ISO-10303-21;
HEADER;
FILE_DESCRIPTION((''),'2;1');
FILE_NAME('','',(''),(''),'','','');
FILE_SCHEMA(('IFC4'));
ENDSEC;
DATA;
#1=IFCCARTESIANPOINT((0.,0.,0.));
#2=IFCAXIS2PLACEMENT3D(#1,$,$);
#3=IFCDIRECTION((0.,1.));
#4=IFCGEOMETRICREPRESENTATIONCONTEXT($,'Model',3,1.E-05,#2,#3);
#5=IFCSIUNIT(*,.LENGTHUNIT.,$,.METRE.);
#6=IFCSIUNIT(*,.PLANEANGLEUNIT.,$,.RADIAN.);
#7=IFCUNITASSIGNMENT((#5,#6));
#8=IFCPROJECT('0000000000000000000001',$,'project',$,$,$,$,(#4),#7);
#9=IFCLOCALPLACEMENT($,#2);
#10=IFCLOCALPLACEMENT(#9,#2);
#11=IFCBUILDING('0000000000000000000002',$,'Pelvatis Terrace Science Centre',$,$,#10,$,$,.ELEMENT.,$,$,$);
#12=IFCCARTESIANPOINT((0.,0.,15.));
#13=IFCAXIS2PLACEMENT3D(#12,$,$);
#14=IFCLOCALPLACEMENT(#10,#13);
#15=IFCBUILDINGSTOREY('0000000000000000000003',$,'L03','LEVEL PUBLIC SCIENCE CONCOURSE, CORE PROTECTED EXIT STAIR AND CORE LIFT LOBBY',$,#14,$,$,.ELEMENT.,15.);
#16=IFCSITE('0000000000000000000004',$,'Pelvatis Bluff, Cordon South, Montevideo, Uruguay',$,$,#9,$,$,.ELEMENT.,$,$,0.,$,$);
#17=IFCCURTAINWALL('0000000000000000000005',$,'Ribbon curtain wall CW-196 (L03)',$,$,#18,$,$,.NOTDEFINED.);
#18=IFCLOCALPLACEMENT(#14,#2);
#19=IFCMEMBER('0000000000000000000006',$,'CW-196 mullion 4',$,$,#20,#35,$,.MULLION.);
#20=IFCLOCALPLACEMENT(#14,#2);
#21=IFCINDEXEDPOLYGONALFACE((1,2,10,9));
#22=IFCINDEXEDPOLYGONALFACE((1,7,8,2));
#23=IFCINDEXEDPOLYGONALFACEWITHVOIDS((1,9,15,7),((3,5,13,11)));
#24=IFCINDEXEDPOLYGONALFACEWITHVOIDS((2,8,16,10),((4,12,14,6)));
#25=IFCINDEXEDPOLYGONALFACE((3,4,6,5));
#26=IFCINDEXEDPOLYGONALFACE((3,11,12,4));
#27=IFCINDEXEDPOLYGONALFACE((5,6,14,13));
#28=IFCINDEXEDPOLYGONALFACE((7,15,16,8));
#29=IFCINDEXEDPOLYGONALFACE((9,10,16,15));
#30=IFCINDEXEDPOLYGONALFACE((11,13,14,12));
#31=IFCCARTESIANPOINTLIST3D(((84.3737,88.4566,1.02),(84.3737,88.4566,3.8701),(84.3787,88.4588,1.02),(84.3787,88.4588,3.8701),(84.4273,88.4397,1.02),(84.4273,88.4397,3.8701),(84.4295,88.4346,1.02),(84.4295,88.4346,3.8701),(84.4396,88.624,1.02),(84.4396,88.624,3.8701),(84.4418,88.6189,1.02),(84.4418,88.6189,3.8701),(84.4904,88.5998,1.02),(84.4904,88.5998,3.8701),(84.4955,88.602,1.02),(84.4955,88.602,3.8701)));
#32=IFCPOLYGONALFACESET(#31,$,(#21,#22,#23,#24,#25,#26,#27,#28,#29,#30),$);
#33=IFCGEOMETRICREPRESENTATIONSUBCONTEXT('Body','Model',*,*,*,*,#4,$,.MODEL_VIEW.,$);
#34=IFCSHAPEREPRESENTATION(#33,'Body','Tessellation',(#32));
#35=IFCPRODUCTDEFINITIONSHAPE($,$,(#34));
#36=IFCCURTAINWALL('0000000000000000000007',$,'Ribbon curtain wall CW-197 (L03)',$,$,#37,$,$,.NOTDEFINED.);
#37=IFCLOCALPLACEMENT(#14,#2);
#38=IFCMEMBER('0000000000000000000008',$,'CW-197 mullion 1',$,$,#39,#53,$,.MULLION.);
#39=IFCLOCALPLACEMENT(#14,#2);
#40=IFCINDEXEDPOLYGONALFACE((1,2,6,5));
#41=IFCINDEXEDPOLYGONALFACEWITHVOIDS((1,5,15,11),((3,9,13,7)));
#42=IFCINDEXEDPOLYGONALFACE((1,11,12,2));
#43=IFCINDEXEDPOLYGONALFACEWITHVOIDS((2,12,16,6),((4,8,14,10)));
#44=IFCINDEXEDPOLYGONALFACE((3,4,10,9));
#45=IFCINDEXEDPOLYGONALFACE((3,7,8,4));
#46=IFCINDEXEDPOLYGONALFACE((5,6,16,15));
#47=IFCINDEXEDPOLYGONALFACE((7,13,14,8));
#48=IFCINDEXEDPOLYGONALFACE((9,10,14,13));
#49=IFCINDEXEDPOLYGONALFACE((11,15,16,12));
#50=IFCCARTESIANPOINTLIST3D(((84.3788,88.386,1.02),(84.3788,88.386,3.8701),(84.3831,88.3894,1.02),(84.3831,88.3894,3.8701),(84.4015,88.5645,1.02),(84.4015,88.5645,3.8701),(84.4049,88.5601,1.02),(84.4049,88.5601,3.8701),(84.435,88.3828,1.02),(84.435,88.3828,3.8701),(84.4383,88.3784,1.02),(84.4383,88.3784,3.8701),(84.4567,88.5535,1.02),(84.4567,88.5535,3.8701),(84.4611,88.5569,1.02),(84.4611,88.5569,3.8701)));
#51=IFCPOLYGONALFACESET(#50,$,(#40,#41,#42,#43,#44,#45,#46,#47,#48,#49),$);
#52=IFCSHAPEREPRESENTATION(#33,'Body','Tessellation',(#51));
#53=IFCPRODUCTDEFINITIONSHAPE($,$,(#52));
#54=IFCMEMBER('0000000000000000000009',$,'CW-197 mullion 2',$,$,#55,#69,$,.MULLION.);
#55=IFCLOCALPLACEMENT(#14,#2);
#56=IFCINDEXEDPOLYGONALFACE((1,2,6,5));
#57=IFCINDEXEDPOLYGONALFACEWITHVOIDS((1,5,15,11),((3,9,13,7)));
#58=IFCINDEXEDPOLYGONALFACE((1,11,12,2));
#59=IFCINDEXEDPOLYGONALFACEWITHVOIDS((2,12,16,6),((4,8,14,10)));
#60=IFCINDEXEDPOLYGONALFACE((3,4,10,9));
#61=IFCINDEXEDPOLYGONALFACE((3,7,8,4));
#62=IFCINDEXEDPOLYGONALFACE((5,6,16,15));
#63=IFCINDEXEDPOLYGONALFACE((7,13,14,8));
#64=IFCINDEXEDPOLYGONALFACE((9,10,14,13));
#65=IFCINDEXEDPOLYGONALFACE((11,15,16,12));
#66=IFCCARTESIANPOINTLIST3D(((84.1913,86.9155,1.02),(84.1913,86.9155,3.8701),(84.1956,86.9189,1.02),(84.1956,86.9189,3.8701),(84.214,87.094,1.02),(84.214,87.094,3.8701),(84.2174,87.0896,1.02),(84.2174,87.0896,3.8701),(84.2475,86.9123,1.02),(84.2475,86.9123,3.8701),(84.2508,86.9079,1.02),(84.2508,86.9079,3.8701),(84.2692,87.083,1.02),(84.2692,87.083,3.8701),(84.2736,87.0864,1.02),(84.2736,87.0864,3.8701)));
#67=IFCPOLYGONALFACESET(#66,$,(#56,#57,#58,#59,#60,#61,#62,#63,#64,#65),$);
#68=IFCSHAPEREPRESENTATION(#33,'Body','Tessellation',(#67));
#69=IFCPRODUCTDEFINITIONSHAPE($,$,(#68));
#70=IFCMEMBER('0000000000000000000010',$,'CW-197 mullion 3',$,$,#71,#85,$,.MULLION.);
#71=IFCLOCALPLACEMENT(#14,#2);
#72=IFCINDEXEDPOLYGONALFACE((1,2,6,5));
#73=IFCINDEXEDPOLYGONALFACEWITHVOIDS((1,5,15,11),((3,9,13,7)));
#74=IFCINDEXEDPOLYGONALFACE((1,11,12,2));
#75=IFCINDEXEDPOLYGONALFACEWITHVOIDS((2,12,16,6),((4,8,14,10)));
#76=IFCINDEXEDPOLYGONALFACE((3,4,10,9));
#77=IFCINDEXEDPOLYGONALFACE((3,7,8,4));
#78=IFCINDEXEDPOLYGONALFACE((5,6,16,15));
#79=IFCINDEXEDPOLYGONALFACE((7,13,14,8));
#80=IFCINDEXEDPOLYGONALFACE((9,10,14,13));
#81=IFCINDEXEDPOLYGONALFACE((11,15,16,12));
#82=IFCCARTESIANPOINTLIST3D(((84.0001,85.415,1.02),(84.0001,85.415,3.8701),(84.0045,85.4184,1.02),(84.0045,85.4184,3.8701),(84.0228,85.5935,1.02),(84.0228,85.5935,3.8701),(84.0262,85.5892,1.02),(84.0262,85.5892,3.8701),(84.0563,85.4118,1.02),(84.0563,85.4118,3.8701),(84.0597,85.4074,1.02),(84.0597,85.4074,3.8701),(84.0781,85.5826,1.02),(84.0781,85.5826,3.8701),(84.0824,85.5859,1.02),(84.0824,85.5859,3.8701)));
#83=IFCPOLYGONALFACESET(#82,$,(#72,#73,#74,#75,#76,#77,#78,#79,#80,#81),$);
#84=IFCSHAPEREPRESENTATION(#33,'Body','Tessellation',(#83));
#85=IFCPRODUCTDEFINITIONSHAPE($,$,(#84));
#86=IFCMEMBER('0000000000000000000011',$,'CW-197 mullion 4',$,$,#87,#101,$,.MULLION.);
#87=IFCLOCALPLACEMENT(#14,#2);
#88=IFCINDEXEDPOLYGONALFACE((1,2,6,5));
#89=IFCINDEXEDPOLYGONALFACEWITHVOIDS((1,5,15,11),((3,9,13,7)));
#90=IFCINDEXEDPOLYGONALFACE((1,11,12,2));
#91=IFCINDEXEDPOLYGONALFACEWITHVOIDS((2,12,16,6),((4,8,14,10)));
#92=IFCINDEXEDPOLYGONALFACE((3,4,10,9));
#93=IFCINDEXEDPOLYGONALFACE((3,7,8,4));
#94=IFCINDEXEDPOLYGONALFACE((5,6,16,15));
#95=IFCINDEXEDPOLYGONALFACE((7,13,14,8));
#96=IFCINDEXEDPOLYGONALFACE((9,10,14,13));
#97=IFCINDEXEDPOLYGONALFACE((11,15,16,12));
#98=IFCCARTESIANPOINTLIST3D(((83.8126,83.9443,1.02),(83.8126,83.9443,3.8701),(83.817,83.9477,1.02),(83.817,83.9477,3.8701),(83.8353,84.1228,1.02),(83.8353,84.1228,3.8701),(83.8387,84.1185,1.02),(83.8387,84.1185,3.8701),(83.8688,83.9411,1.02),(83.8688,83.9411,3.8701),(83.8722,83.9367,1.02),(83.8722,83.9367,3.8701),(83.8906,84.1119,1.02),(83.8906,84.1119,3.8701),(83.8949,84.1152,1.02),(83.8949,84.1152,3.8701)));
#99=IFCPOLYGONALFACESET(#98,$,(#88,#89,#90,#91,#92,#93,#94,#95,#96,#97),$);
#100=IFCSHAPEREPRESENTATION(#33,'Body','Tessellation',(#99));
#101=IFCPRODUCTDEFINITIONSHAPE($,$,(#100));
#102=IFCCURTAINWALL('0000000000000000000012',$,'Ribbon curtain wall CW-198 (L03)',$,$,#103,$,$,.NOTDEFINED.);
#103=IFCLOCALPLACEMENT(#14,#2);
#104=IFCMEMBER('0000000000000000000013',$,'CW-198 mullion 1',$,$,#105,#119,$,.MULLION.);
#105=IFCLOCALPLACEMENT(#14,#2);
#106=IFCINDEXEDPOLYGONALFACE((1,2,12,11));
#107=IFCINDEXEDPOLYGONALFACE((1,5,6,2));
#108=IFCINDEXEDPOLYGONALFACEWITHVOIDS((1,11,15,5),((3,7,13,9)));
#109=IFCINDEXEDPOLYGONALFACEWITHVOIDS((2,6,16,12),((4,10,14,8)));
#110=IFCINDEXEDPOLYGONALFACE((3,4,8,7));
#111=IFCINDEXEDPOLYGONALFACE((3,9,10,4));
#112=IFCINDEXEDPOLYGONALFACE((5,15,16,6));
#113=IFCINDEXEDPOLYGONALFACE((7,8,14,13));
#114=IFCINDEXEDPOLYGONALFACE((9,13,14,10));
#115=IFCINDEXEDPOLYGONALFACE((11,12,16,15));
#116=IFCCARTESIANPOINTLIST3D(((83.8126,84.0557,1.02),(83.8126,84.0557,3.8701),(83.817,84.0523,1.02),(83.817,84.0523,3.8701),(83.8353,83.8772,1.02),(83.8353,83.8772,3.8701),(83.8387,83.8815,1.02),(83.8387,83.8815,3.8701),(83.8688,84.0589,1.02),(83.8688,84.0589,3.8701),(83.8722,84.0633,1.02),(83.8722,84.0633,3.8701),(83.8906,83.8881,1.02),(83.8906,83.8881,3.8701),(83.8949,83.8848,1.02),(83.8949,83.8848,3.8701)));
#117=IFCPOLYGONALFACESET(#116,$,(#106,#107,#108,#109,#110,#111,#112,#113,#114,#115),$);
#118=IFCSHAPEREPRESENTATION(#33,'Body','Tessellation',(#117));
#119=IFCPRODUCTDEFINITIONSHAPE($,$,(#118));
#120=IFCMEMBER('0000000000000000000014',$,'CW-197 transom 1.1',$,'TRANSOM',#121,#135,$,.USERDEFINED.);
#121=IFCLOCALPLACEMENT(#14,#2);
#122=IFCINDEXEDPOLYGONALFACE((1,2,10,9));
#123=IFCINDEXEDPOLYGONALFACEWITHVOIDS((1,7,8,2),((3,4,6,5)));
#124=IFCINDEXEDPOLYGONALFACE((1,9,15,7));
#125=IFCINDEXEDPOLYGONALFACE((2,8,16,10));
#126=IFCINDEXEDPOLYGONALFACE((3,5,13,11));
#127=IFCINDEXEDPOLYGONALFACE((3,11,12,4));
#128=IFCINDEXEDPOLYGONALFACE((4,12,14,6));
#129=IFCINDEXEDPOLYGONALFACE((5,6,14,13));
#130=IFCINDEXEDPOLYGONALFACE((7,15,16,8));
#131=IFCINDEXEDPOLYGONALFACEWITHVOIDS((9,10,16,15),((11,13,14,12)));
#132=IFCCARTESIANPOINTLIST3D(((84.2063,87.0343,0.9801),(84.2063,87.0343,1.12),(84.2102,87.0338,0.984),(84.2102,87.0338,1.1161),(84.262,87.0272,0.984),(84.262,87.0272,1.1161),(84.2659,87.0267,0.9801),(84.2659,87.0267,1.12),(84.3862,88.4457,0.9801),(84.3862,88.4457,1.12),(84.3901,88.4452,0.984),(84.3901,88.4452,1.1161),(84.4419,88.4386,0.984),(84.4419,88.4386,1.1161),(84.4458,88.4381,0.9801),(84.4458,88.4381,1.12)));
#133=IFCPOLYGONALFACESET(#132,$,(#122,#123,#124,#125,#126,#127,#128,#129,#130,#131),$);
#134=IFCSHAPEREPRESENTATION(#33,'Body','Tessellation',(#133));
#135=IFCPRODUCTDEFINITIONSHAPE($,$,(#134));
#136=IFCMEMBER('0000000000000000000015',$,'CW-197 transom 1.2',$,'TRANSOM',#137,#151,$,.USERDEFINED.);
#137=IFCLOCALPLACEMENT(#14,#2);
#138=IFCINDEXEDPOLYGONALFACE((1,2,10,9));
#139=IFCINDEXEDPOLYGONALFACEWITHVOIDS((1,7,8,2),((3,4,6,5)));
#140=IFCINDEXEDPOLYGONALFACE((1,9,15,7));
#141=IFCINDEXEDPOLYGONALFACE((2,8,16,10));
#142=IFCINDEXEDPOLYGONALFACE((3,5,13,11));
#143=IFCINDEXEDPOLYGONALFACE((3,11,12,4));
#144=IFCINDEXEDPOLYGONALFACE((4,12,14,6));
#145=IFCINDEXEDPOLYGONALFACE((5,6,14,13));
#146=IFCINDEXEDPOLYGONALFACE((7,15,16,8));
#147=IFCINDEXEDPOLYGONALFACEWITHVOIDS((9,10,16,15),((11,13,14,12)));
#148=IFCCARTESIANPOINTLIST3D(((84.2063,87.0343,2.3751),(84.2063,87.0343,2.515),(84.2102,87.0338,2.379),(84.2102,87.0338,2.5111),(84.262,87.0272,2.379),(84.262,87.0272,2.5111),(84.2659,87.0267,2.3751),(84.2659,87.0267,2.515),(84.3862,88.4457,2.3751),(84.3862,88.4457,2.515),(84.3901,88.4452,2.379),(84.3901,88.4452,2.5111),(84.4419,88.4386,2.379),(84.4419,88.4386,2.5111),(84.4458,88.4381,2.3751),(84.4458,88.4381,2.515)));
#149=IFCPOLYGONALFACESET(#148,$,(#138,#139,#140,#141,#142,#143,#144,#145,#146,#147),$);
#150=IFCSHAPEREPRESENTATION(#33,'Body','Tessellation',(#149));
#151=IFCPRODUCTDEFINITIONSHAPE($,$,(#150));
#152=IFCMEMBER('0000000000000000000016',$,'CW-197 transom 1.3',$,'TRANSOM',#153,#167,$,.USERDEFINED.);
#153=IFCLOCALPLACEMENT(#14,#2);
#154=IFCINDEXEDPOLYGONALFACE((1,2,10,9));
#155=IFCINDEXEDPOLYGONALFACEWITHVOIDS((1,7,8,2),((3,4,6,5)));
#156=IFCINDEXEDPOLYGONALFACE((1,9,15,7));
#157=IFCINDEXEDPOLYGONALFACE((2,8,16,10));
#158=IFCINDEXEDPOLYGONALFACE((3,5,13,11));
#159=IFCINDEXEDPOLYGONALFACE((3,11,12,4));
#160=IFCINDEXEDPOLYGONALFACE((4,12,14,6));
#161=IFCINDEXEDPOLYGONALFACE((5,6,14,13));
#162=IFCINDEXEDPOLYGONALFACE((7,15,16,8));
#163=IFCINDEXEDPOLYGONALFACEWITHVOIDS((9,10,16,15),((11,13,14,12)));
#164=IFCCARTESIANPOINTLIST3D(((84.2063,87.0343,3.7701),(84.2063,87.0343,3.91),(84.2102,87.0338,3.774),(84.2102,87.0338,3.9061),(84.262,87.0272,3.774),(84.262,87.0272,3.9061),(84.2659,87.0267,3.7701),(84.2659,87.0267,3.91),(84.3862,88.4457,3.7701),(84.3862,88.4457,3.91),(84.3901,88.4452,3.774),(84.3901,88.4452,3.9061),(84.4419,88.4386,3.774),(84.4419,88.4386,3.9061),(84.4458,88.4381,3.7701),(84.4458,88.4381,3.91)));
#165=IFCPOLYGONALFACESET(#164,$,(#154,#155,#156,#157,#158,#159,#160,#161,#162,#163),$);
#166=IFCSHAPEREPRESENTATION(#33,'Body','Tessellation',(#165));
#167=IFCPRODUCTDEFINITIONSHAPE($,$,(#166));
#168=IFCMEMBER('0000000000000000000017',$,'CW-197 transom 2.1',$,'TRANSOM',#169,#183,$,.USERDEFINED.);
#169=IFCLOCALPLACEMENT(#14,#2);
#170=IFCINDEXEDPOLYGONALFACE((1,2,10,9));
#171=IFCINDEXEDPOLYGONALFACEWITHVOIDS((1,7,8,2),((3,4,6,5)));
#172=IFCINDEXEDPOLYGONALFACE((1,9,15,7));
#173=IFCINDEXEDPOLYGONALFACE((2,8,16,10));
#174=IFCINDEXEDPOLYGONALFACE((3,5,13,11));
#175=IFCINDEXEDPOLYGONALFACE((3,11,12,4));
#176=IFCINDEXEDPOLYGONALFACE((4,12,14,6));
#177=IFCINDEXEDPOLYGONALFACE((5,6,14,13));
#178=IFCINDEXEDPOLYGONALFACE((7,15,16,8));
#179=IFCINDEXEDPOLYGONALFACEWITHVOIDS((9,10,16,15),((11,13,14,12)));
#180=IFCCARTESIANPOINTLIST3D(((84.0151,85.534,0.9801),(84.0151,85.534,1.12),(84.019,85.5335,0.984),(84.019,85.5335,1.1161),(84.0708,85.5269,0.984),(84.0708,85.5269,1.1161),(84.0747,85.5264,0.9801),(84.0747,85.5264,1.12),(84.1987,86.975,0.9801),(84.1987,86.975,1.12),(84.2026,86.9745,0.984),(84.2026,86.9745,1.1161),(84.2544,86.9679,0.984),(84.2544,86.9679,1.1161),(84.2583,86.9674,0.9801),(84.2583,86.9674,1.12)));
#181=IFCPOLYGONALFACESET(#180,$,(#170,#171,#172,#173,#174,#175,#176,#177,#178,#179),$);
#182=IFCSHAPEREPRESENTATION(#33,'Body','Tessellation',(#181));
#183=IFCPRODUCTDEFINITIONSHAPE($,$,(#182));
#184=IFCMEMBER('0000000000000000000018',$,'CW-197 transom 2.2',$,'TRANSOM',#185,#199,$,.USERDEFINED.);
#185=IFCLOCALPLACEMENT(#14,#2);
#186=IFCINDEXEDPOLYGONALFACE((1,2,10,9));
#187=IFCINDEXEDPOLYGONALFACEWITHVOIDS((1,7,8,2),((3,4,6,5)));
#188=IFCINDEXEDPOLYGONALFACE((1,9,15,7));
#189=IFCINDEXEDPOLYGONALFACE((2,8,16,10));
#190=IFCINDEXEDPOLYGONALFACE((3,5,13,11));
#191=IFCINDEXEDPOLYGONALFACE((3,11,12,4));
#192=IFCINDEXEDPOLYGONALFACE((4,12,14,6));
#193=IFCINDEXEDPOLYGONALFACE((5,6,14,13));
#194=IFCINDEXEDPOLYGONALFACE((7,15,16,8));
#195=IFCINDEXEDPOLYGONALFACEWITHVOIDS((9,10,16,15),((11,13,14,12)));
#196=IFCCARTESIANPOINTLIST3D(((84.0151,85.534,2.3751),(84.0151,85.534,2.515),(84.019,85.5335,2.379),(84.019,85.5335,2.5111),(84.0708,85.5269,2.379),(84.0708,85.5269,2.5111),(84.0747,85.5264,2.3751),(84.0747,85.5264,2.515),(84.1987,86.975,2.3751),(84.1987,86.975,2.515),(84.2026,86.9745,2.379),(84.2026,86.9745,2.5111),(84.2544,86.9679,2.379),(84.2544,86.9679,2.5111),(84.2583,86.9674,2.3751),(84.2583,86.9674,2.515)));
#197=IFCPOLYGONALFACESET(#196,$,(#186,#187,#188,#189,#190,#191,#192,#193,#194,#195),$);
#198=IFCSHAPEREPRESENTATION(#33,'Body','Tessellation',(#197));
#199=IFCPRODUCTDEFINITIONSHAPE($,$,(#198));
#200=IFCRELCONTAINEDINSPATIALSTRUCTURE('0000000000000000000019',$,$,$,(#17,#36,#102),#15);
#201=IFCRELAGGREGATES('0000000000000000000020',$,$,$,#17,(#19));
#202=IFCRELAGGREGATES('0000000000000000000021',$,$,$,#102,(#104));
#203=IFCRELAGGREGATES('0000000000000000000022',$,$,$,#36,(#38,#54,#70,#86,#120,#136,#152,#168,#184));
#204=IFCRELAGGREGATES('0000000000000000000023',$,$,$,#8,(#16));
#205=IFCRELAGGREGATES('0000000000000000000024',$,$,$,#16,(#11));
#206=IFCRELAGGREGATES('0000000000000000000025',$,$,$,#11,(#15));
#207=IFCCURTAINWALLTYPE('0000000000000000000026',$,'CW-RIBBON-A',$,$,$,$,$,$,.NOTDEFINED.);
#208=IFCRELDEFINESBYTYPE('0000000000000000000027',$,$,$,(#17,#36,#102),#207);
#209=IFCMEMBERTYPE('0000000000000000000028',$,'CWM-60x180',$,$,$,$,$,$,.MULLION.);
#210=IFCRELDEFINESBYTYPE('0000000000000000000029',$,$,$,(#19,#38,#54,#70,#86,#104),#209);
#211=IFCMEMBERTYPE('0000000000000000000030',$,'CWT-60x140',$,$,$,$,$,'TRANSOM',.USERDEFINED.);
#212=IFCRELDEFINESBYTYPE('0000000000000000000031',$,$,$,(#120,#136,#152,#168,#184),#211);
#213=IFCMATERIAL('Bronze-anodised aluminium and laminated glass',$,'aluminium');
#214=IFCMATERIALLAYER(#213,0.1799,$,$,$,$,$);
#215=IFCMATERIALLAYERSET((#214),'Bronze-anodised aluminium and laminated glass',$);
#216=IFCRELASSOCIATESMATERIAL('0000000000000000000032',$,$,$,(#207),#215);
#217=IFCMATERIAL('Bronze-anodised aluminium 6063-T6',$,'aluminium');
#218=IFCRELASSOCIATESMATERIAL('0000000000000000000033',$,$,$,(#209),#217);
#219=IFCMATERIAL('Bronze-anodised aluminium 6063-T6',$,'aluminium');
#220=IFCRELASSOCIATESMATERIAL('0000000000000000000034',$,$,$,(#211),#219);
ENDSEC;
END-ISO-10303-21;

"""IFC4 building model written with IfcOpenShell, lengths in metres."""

from ifc_helpers import new_model, si_unit, direction, frame, origin, origin_2d, place, context, subcontext, project, spatial, hollow_rectangle, extrude, material, layer, layer_set, material_profile, profile_set, type_object, element, aggregate, save


model = new_model("IFC4")

# Units and contexts
model_context = context("Model", 3, precision=1e-05, world=origin(), true_north=direction((0.0, 1.0)))
body_context = subcontext(model_context, "Body", "Model", "MODEL_VIEW")
ifc_project = project(units=[si_unit("LENGTHUNIT", "METRE"), si_unit("PLANEANGLEUNIT", "RADIAN")], contexts=[model_context])

# Site, building, storey
site_placement = place(None, origin())
site = spatial("IfcSite", under=ifc_project, at=site_placement, Name="Pelvatis Bluff, Cordon South, Montevideo, Uruguay", CompositionType="ELEMENT", RefElevation=0.0)
building_placement = place(site_placement, origin())
building = spatial("IfcBuilding", under=site, at=building_placement, Name="Pelvatis Terrace Science Centre", CompositionType="ELEMENT")
storey_placement = place(building_placement, frame((0.0, 0.0, 15.0)))
storey = spatial("IfcBuildingStorey", under=building, at=storey_placement, Name="L03", Description="LEVEL PUBLIC SCIENCE CONCOURSE, CORE PROTECTED EXIT STAIR AND CORE LIFT LOBBY", CompositionType="ELEMENT", Elevation=15.0)

# Curtain wall, member
ifc_material_1 = material(Name="Bronze-anodised aluminium and laminated glass", Category="aluminium")
ifc_layer_1 = layer(ifc_material_1, 0.1799)
ifc_layer_set_1 = layer_set([ifc_layer_1], Name="Bronze-anodised aluminium and laminated glass")
curtain_wall_type = type_object("IfcCurtainWallType", Name="CW-RIBBON-A", PredefinedType="NOTDEFINED", material=ifc_layer_set_1)
curtain_wall_1_placement = place(storey_placement, origin())
curtain_wall_1 = element("IfcCurtainWall", 1, at=curtain_wall_1_placement, inside=storey, type_object=curtain_wall_type, Name="Ribbon curtain wall CW-196 (L03)", PredefinedType="NOTDEFINED")
ifc_material_2 = material(Name="Bronze-anodised aluminium 6063-T6", Category="aluminium")
ifc_material_profile_1 = material_profile(ifc_material_2, hollow_rectangle(XDim=0.0601, YDim=0.1799, WallThickness=0.0039, at=origin_2d()), Name="ALU-MUL 60x180")
ifc_profile_set_1 = profile_set([ifc_material_profile_1], Name="Bronze-anodised aluminium 6063-T6")
member_type_1 = type_object("IfcMemberType", Name="CWM-60x180", PredefinedType="MULLION", material=ifc_profile_set_1)
member_1_placement = place(storey_placement, frame((84.4346, 88.5293, 1.02), z_axis=(0.0, 0.0, 1.0), x_axis=(0.930402, -0.366541, 0.0)))
member_1 = element("IfcMember", 2, at=member_1_placement, type_object=member_type_1, Name="CW-196 mullion 4", PredefinedType="MULLION", context=body_context, shape_type="SweptSolid", body=[
    extrude(hollow_rectangle(XDim=0.0601, YDim=0.1799, WallThickness=0.0039, at=origin_2d()), origin(), (0.0, 0.0, 1.0), 2.8501),
])
aggregate(curtain_wall_1, [member_1])

# Curtain wall, members
curtain_wall_2_placement = place(storey_placement, origin())
curtain_wall_2 = element("IfcCurtainWall", 3, at=curtain_wall_2_placement, inside=storey, type_object=curtain_wall_type, Name="Ribbon curtain wall CW-197 (L03)", PredefinedType="NOTDEFINED")
member_2_placement = place(storey_placement, frame((84.4199, 88.4714, 1.02), z_axis=(0.0, 0.0, 1.0), x_axis=(0.991978, -0.126408, 0.0)))
member_2 = element("IfcMember", 4, at=member_2_placement, type_object=member_type_1, Name="CW-197 mullion 1", PredefinedType="MULLION", context=body_context, shape_type="SweptSolid", body=[
    extrude(hollow_rectangle(XDim=0.0601, YDim=0.1799, WallThickness=0.0039, at=origin_2d()), origin(), (0.0, 0.0, 1.0), 2.8501),
])
member_3_placement = place(storey_placement, frame((84.2324, 87.001, 1.02), z_axis=(0.0, 0.0, 1.0), x_axis=(0.991978, -0.126408, 0.0)))
member_3 = element("IfcMember", 5, at=member_3_placement, type_object=member_type_1, Name="CW-197 mullion 2", PredefinedType="MULLION", context=body_context, shape_type="SweptSolid", body=[
    extrude(hollow_rectangle(XDim=0.0601, YDim=0.1799, WallThickness=0.0039, at=origin_2d()), origin(), (0.0, 0.0, 1.0), 2.8501),
])
member_4_placement = place(storey_placement, frame((84.0413, 85.5005, 1.02), z_axis=(0.0, 0.0, 1.0), x_axis=(0.991978, -0.126408, 0.0)))
member_4 = element("IfcMember", 6, at=member_4_placement, type_object=member_type_1, Name="CW-197 mullion 3", PredefinedType="MULLION", context=body_context, shape_type="SweptSolid", body=[
    extrude(hollow_rectangle(XDim=0.0601, YDim=0.1799, WallThickness=0.0039, at=origin_2d()), origin(), (0.0, 0.0, 1.0), 2.8501),
])
member_5_placement = place(storey_placement, frame((83.8538, 84.0298, 1.02), z_axis=(0.0, 0.0, 1.0), x_axis=(0.991978, -0.126408, 0.0)))
member_5 = element("IfcMember", 7, at=member_5_placement, type_object=member_type_1, Name="CW-197 mullion 4", PredefinedType="MULLION", context=body_context, shape_type="SweptSolid", body=[
    extrude(hollow_rectangle(XDim=0.0601, YDim=0.1799, WallThickness=0.0039, at=origin_2d()), origin(), (0.0, 0.0, 1.0), 2.8501),
])

# Curtain wall, member
curtain_wall_3_placement = place(storey_placement, origin())
curtain_wall_3 = element("IfcCurtainWall", 8, at=curtain_wall_3_placement, inside=storey, type_object=curtain_wall_type, Name="Ribbon curtain wall CW-198 (L03)", PredefinedType="NOTDEFINED")
member_6_placement = place(storey_placement, frame((83.8538, 83.9702, 1.02), z_axis=(0.0, 0.0, 1.0), x_axis=(0.991978, 0.126408, 0.0)))
member_6 = element("IfcMember", 9, at=member_6_placement, type_object=member_type_1, Name="CW-198 mullion 1", PredefinedType="MULLION", context=body_context, shape_type="SweptSolid", body=[
    extrude(hollow_rectangle(XDim=0.0601, YDim=0.1799, WallThickness=0.0039, at=origin_2d()), origin(), (0.0, 0.0, 1.0), 2.8501),
])

# Members
ifc_material_3 = material(Name="Bronze-anodised aluminium 6063-T6", Category="aluminium")
ifc_material_profile_2 = material_profile(ifc_material_3, hollow_rectangle(XDim=0.0601, YDim=0.1399, WallThickness=0.0039, at=origin_2d()), Name="ALU-TRN 60x140")
ifc_profile_set_2 = profile_set([ifc_material_profile_2], Name="Bronze-anodised aluminium 6063-T6")
member_type_2 = type_object("IfcMemberType", Name="CWT-60x140", ElementType="TRANSOM", PredefinedType="USERDEFINED", material=ifc_profile_set_2)
member_7_placement = place(storey_placement, frame((84.416, 88.4419, 1.05), z_axis=(-0.126463, -0.991971, 0.0), x_axis=(0.991971, -0.126463, 0.0)))
member_7 = element("IfcMember", 10, at=member_7_placement, type_object=member_type_2, Name="CW-197 transom 1.1", ObjectType="TRANSOM", PredefinedType="USERDEFINED", context=body_context, shape_type="SweptSolid", body=[
    extrude(hollow_rectangle(XDim=0.0601, YDim=0.1399, WallThickness=0.0039, at=origin_2d()), origin(), (0.0, 0.0, 1.0), 1.4229),
])
member_8_placement = place(storey_placement, frame((84.416, 88.4419, 2.4451), z_axis=(-0.126463, -0.991971, 0.0), x_axis=(0.991971, -0.126463, 0.0)))
member_8 = element("IfcMember", 11, at=member_8_placement, type_object=member_type_2, Name="CW-197 transom 1.2", ObjectType="TRANSOM", PredefinedType="USERDEFINED", context=body_context, shape_type="SweptSolid", body=[
    extrude(hollow_rectangle(XDim=0.0601, YDim=0.1399, WallThickness=0.0039, at=origin_2d()), origin(), (0.0, 0.0, 1.0), 1.4229),
])
member_9_placement = place(storey_placement, frame((84.416, 88.4419, 3.8401), z_axis=(-0.126463, -0.991971, 0.0), x_axis=(0.991971, -0.126463, 0.0)))
member_9 = element("IfcMember", 12, at=member_9_placement, type_object=member_type_2, Name="CW-197 transom 1.3", ObjectType="TRANSOM", PredefinedType="USERDEFINED", context=body_context, shape_type="SweptSolid", body=[
    extrude(hollow_rectangle(XDim=0.0601, YDim=0.1399, WallThickness=0.0039, at=origin_2d()), origin(), (0.0, 0.0, 1.0), 1.4229),
])
member_10_placement = place(storey_placement, frame((84.2285, 86.9712, 1.05), z_axis=(-0.126393, -0.99198, 0.0), x_axis=(0.99198, -0.126393, 0.0)))
member_10 = element("IfcMember", 13, at=member_10_placement, type_object=member_type_2, Name="CW-197 transom 2.1", ObjectType="TRANSOM", PredefinedType="USERDEFINED", context=body_context, shape_type="SweptSolid", body=[
    extrude(hollow_rectangle(XDim=0.0601, YDim=0.1399, WallThickness=0.0039, at=origin_2d()), origin(), (0.0, 0.0, 1.0), 1.4526),
])
member_11_placement = place(storey_placement, frame((84.2285, 86.9712, 2.4451), z_axis=(-0.126393, -0.99198, 0.0), x_axis=(0.99198, -0.126393, 0.0)))
member_11 = element("IfcMember", 14, at=member_11_placement, type_object=member_type_2, Name="CW-197 transom 2.2", ObjectType="TRANSOM", PredefinedType="USERDEFINED", context=body_context, shape_type="SweptSolid", body=[
    extrude(hollow_rectangle(XDim=0.0601, YDim=0.1399, WallThickness=0.0039, at=origin_2d()), origin(), (0.0, 0.0, 1.0), 1.4526),
])
aggregate(curtain_wall_3, [member_6])

aggregate(curtain_wall_2, [member_2, member_3, member_4, member_5, member_7, member_8, member_9, member_10, member_11])

save(model, "model.ifc")
